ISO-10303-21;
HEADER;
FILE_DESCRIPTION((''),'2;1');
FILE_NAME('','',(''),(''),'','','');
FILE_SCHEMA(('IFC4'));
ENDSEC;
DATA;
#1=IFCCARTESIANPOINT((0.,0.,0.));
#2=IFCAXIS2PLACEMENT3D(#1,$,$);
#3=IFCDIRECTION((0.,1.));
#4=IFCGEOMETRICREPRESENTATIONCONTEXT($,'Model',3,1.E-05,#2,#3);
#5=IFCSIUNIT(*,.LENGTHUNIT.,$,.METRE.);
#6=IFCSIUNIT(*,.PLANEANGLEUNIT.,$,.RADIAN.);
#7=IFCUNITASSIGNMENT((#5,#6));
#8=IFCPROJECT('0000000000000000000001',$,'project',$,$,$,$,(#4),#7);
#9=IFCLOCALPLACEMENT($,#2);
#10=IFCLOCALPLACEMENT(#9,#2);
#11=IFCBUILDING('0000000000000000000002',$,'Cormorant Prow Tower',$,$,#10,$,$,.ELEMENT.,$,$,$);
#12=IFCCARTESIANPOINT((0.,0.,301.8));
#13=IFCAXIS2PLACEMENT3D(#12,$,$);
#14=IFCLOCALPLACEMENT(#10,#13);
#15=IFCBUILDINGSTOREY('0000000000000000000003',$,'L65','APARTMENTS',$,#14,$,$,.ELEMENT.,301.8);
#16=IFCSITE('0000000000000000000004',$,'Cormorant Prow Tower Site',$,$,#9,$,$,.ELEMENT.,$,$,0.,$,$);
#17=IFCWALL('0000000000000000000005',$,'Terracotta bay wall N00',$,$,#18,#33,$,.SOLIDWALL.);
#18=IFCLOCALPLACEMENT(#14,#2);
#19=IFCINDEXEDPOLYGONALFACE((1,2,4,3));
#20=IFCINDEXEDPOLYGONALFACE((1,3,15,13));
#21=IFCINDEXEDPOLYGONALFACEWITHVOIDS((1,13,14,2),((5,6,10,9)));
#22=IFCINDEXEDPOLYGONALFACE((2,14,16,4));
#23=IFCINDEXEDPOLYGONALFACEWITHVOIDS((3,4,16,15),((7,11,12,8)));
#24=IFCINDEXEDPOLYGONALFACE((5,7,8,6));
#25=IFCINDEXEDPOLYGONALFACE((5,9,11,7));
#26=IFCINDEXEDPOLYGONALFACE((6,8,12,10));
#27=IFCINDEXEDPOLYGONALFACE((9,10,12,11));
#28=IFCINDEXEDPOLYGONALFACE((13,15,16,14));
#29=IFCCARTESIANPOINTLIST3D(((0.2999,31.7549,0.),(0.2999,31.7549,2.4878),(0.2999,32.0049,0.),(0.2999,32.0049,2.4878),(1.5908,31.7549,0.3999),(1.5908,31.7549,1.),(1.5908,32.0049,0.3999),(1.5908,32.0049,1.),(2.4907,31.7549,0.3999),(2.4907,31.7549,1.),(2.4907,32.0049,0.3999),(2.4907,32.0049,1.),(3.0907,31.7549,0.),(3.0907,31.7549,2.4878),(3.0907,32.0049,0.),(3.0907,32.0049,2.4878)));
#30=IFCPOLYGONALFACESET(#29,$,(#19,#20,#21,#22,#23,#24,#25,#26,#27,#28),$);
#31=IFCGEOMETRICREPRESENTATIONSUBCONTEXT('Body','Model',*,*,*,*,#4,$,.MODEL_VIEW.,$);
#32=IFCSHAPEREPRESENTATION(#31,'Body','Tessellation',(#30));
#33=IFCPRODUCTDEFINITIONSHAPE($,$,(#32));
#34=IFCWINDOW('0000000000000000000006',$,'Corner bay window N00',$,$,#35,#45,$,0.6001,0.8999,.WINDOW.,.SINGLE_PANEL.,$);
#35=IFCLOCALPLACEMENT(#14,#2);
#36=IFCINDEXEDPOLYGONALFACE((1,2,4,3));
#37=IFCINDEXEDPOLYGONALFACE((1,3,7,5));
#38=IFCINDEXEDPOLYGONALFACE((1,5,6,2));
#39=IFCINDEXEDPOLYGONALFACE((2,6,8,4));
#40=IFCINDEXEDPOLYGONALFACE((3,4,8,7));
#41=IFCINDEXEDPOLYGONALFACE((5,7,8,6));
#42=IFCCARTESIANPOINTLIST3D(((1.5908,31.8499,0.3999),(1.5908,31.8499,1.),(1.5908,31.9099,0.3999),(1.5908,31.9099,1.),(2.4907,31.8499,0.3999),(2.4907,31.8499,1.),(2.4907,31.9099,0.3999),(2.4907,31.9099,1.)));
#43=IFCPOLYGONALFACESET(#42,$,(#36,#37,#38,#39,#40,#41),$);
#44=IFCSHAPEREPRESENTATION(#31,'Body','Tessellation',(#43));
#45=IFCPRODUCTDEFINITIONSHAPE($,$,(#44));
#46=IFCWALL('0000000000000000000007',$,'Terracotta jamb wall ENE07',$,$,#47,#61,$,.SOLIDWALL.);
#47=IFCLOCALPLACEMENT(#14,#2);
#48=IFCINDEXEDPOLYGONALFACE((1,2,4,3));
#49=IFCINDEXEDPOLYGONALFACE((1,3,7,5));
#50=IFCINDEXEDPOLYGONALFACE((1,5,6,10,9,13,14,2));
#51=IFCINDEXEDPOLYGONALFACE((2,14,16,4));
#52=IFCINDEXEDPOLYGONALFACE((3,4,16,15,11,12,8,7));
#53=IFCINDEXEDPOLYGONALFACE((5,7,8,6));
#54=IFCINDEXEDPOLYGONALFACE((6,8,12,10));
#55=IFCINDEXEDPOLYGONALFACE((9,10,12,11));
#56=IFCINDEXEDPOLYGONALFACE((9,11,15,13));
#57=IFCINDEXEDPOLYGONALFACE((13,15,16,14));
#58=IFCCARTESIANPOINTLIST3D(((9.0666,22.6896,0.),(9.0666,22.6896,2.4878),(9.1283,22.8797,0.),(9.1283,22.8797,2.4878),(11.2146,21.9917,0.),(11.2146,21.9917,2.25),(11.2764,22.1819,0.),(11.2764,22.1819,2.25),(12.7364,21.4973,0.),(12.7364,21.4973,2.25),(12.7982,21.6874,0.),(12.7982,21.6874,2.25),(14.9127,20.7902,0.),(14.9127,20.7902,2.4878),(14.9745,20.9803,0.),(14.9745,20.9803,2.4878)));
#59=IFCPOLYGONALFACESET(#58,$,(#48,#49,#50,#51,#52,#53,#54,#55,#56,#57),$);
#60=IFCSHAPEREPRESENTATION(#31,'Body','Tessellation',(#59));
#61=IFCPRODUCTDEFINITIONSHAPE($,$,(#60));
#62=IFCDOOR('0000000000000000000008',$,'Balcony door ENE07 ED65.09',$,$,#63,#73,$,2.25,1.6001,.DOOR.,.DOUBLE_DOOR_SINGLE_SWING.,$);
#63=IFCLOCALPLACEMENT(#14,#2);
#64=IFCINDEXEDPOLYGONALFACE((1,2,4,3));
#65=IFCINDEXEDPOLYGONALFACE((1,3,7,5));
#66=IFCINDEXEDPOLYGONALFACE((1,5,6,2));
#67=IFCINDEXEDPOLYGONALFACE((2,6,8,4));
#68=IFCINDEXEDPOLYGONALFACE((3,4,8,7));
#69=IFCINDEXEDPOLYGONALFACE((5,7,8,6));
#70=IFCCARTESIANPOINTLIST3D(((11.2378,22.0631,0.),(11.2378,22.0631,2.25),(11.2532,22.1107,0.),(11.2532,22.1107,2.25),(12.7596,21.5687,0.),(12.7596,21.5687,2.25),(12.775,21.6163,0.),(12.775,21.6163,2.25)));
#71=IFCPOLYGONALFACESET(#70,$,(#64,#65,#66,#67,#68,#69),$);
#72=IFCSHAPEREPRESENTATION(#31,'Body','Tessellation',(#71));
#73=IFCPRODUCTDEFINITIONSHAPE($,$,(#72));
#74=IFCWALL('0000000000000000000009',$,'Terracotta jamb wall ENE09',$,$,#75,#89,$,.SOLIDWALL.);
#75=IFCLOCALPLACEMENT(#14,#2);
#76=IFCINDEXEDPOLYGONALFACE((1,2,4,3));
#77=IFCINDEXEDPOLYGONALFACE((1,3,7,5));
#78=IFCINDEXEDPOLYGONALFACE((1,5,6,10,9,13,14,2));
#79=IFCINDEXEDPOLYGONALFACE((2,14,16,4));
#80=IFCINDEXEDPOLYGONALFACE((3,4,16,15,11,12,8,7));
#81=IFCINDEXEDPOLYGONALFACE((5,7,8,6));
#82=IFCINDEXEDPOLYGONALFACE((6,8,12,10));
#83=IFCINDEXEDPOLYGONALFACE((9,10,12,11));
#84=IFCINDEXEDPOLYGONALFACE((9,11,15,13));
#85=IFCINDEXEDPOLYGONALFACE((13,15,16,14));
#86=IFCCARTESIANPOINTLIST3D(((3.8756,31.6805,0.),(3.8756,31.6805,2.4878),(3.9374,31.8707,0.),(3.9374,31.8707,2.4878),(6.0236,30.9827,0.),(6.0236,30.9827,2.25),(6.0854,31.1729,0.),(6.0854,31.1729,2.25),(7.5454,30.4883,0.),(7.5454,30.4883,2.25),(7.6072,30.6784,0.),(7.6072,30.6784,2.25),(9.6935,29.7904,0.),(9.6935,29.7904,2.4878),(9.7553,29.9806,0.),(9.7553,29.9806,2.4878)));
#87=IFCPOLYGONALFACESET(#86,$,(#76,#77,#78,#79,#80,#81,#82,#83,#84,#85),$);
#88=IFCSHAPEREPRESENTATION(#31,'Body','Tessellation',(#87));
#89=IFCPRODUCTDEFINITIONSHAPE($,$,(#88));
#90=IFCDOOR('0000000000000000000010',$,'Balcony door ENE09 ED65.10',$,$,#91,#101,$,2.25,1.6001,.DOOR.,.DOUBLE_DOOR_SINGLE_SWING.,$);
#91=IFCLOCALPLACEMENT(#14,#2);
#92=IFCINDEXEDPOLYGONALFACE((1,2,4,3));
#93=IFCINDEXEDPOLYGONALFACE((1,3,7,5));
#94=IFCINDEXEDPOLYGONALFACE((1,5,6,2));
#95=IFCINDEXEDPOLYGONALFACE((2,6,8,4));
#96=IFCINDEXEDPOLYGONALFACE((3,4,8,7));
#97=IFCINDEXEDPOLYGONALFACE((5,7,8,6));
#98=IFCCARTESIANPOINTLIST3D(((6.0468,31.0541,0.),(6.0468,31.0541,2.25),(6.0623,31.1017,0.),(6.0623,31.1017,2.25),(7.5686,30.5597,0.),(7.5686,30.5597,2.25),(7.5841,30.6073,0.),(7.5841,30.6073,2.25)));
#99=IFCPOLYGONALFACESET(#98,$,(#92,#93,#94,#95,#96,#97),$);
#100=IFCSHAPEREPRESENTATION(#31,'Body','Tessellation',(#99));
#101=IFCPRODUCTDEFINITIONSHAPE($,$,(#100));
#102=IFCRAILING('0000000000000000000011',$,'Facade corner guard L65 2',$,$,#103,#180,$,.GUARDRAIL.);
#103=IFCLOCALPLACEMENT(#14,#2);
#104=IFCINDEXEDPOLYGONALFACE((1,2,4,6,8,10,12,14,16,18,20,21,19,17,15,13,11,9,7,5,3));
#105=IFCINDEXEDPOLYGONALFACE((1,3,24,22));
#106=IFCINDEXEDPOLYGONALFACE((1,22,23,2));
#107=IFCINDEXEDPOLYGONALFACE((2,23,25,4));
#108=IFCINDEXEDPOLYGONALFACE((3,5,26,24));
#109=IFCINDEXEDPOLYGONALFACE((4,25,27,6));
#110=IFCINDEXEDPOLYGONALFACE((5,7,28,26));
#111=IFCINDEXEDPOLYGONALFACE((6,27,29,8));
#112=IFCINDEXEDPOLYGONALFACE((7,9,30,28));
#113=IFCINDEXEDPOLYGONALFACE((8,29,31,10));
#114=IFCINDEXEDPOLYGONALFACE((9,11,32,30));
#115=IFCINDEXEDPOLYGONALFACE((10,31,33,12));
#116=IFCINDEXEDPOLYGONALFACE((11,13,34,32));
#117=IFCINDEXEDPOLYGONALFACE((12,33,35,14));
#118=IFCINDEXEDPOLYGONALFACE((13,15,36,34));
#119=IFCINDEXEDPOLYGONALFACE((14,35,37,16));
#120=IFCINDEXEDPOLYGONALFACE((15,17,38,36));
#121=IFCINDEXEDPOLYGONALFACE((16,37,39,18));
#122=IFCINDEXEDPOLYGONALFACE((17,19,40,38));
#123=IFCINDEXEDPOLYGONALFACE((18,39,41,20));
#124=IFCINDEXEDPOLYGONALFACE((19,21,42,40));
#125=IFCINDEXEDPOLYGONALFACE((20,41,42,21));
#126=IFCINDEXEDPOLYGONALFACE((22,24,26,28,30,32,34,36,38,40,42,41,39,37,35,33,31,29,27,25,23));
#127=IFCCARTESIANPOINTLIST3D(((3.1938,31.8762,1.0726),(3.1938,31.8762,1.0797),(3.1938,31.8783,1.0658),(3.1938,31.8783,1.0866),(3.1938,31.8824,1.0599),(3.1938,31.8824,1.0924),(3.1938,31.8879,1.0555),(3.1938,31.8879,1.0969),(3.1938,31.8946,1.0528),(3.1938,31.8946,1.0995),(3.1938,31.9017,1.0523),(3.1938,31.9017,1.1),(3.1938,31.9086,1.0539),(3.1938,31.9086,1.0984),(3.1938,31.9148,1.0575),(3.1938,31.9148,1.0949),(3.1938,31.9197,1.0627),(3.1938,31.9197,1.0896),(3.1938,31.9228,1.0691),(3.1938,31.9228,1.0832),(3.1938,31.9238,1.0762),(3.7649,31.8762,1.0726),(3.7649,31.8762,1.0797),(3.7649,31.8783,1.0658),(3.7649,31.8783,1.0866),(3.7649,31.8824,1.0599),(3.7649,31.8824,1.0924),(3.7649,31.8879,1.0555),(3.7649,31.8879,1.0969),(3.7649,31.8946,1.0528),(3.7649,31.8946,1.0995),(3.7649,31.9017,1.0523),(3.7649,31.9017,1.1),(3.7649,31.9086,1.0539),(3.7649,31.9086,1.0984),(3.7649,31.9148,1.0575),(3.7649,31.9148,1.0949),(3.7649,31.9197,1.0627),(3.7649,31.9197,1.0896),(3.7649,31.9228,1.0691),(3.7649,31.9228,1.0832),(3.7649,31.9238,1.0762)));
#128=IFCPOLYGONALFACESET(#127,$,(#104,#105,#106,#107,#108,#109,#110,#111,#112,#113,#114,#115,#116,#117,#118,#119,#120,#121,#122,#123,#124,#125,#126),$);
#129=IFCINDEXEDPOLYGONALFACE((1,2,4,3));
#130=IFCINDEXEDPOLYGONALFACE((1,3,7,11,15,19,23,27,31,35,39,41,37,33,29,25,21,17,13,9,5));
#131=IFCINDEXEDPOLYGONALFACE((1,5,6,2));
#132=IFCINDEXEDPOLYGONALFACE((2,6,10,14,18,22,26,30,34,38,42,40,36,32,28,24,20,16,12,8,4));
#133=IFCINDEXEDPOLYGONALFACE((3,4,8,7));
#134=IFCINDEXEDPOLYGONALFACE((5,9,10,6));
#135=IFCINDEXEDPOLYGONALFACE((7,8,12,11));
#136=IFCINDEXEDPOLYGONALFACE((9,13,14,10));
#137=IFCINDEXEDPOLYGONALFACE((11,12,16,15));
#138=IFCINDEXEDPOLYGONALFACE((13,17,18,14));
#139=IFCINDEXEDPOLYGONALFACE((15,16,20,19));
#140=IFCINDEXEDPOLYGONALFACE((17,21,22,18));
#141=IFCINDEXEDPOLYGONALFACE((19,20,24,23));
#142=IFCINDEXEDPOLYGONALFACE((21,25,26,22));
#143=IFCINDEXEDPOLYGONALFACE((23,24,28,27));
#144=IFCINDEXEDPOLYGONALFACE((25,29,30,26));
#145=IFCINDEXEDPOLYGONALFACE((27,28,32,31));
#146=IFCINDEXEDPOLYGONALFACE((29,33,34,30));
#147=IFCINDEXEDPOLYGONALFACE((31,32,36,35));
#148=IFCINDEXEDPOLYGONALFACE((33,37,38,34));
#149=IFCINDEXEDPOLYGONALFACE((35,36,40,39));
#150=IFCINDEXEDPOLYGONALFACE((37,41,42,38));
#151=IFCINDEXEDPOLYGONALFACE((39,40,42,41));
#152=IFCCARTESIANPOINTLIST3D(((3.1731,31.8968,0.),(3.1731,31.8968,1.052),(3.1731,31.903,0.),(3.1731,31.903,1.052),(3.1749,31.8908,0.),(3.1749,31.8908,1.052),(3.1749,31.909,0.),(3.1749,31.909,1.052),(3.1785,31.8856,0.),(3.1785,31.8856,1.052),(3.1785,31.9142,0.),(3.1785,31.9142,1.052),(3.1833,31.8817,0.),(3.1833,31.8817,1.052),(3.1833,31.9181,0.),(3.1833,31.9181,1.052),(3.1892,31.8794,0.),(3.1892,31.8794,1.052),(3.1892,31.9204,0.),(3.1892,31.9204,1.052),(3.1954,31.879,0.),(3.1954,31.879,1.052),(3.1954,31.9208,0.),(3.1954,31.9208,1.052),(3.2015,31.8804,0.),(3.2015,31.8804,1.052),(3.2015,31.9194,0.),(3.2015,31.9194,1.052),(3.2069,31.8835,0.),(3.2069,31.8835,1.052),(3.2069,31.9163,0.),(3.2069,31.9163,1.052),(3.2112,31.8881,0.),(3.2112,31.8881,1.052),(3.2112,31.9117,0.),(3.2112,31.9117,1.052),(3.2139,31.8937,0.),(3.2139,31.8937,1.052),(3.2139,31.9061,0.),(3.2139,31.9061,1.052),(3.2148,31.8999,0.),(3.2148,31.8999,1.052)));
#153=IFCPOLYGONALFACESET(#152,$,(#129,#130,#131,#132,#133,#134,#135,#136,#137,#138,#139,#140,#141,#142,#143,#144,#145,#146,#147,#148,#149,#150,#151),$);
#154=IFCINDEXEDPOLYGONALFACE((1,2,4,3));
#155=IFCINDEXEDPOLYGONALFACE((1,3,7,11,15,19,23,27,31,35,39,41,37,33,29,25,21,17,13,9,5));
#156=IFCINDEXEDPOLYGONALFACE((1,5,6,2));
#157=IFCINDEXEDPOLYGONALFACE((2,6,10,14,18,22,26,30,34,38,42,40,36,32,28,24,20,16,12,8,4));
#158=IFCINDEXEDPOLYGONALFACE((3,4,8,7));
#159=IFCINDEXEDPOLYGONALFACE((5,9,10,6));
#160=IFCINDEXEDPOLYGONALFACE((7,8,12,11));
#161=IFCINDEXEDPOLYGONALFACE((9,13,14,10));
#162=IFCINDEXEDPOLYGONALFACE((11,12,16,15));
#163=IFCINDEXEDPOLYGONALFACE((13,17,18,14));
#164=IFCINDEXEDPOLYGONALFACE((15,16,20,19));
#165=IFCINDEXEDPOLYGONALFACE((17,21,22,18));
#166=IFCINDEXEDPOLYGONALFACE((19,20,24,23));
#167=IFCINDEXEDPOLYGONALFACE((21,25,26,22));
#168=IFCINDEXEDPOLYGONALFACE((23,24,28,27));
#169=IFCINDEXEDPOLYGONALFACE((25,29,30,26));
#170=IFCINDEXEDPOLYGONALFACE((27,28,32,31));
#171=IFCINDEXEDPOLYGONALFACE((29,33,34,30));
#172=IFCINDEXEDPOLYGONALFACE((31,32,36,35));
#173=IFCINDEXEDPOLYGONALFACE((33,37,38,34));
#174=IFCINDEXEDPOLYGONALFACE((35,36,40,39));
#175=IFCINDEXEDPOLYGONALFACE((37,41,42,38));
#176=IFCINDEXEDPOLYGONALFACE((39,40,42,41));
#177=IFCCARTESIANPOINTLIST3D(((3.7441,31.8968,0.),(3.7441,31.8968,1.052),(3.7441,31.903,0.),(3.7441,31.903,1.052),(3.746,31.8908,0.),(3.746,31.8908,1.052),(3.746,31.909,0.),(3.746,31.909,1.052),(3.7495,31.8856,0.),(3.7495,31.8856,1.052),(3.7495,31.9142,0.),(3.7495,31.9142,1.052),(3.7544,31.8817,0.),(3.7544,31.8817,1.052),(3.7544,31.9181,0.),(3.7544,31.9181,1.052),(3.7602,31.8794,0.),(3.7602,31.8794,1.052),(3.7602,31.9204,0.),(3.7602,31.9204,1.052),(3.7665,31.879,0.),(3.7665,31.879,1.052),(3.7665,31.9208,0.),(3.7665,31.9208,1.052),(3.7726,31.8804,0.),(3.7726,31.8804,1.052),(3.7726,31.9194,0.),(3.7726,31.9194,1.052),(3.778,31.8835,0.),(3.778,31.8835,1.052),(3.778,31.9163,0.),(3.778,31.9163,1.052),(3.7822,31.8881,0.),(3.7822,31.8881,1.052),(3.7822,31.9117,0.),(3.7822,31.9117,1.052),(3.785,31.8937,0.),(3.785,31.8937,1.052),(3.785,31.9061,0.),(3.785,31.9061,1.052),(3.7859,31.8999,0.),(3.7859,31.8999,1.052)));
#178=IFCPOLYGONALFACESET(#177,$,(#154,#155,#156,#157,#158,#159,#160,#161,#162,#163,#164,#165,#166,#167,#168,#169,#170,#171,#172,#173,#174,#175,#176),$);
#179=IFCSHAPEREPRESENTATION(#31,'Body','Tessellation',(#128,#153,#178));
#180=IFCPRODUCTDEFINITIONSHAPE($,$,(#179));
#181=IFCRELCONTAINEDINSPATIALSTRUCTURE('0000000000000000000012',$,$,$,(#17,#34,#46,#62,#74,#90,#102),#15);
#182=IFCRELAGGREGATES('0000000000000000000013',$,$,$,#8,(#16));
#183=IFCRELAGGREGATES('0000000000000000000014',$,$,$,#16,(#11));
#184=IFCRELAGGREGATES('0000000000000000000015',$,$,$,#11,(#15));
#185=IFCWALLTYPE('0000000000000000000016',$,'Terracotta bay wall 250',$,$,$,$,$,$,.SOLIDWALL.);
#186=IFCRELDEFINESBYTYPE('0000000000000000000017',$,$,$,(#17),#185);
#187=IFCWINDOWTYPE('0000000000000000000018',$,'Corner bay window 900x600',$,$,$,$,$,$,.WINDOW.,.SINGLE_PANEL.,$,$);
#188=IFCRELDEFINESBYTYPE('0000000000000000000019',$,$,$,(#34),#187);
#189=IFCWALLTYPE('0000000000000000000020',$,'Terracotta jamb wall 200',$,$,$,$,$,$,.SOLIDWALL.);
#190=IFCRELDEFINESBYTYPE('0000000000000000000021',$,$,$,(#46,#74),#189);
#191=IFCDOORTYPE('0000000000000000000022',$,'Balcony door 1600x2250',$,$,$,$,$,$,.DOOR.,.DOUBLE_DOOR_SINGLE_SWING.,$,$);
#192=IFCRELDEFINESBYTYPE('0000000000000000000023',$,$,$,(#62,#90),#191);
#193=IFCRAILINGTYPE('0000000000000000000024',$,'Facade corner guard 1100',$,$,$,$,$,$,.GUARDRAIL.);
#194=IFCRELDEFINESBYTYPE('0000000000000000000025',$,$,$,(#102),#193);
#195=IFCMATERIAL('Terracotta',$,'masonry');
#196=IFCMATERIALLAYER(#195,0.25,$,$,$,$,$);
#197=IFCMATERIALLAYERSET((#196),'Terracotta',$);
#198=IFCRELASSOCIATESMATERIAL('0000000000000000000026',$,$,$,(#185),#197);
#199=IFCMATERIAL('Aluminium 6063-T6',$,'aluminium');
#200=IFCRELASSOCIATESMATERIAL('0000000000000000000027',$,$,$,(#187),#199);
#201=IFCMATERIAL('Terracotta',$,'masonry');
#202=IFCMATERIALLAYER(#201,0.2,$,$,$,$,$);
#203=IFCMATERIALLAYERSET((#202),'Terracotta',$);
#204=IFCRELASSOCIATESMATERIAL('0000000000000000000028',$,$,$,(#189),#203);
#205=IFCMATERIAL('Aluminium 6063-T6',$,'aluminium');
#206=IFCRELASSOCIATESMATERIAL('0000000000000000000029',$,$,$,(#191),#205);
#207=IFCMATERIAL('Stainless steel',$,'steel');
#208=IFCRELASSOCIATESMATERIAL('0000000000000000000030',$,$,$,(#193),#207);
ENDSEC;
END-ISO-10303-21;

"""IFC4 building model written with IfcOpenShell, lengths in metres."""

from ifc_helpers import new_model, si_unit, direction, frame, frame_2d, origin, origin_2d, place, context, subcontext, project, spatial, rectangle, circle, extrude, material, layer, layer_set, type_object, element, fill, save


model = new_model("IFC4")

# Units and contexts
model_context = context("Model", 3, precision=1e-05, world=origin(), true_north=direction((0.0, 1.0)))
body_context = subcontext(model_context, "Body", "Model", "MODEL_VIEW")
ifc_project = project(units=[si_unit("LENGTHUNIT", "METRE"), si_unit("PLANEANGLEUNIT", "RADIAN")], contexts=[model_context])

# Site, building, storey
site_placement = place(None, origin())
site = spatial("IfcSite", under=ifc_project, at=site_placement, Name="Cormorant Prow Tower Site", CompositionType="ELEMENT", RefElevation=0.0)
building_placement = place(site_placement, origin())
building = spatial("IfcBuilding", under=site, at=building_placement, Name="Cormorant Prow Tower", CompositionType="ELEMENT")
storey_placement = place(building_placement, frame((0.0, 0.0, 301.8)))
storey = spatial("IfcBuildingStorey", under=building, at=storey_placement, Name="L65", Description="APARTMENTS", CompositionType="ELEMENT", Elevation=301.8)

# Wall, opening, window
ifc_material_1 = material(Name="Terracotta", Category="masonry")
ifc_layer_1 = layer(ifc_material_1, 0.25)
ifc_layer_set_1 = layer_set([ifc_layer_1], Name="Terracotta")
wall_type_1 = type_object("IfcWallType", Name="Terracotta bay wall 250", PredefinedType="SOLIDWALL", material=ifc_layer_set_1)
wall_1_placement = place(storey_placement, frame((3.0908, 31.8799, 0.0), z_axis=(0.0, 0.0, 1.0), x_axis=(-1.0, 0.0, 0.0)))
wall_1 = element("IfcWall", 1, at=wall_1_placement, inside=storey, type_object=wall_type_1, Name="Terracotta bay wall N00", PredefinedType="SOLIDWALL", context=body_context, shape_type="SweptSolid", body=[
    extrude(rectangle(XDim=2.7908, YDim=0.25, at=frame_2d((1.3955, 0.0))), origin(), (0.0, 0.0, 1.0), 2.4878),
])
opening_1_placement = place(wall_1_placement, frame((0.6001, 0.0, 0.3999)))
opening_1 = element("IfcOpeningElement", 2, at=opening_1_placement, cuts=wall_1, PredefinedType="OPENING", context=body_context, shape_type="SweptSolid", body=[
    extrude(rectangle(XDim=0.8999, YDim=0.6001, at=frame_2d((0.45, 0.3))), frame((0.0, 0.135, 0.0), z_axis=(0.0, -1.0, 0.0), x_axis=(1.0, 0.0, 0.0)), (0.0, 0.0, 1.0), 0.27),
])
ifc_material_2 = material(Name="Aluminium 6063-T6", Category="aluminium")
window_type = type_object("IfcWindowType", Name="Corner bay window 900x600", PartitioningType="SINGLE_PANEL", PredefinedType="WINDOW", material=ifc_material_2)
window_placement = place(opening_1_placement, origin())
window = element("IfcWindow", 3, at=window_placement, inside=storey, type_object=window_type, Name="Corner bay window N00", OverallHeight=0.6001, OverallWidth=0.8999, PartitioningType="SINGLE_PANEL", PredefinedType="WINDOW", context=body_context, shape_type="SweptSolid", body=[
    extrude(rectangle(XDim=0.8999, YDim=0.6001, at=frame_2d((0.45, 0.3))), frame((0.0, 0.03, 0.0), z_axis=(0.0, -1.0, 0.0), x_axis=(1.0, 0.0, 0.0)), (0.0, 0.0, 1.0), 0.0601),
])
fill(opening_1, window)

# Walls, openings, doors
ifc_material_3 = material(Name="Terracotta", Category="masonry")
ifc_layer_2 = layer(ifc_material_3, 0.2)
ifc_layer_set_2 = layer_set([ifc_layer_2], Name="Terracotta")
wall_type_2 = type_object("IfcWallType", Name="Terracotta jamb wall 200", PredefinedType="SOLIDWALL", material=ifc_layer_set_2)
wall_2_placement = place(storey_placement, frame((14.9436, 20.8853, 0.0), z_axis=(0.0, 0.0, 1.0), x_axis=(-0.951063, 0.308998, 0.0)))
wall_2 = element("IfcWall", 4, at=wall_2_placement, inside=storey, type_object=wall_type_2, Name="Terracotta jamb wall ENE07", PredefinedType="SOLIDWALL", context=body_context, shape_type="SweptSolid", body=[
    extrude(rectangle(XDim=6.147, YDim=0.2, at=frame_2d((3.0735, 0.0))), origin(), (0.0, 0.0, 1.0), 2.4878),
])
opening_2_placement = place(wall_2_placement, frame((2.2883, 0.0, 0.0)))
opening_2 = element("IfcOpeningElement", 5, at=opening_2_placement, cuts=wall_2, PredefinedType="OPENING", context=body_context, shape_type="SweptSolid", body=[
    extrude(rectangle(XDim=1.6001, YDim=2.25, at=frame_2d((0.8, 1.125))), frame((0.0, 0.1099, 0.0), z_axis=(0.0, -1.0, 0.0), x_axis=(1.0, 0.0, 0.0)), (0.0, 0.0, 1.0), 0.22),
])
ifc_material_4 = material(Name="Aluminium 6063-T6", Category="aluminium")
door_type_1 = type_object("IfcDoorType", Name="Balcony door 1600x2250", OperationType="DOUBLE_DOOR_SINGLE_SWING", PredefinedType="DOOR", material=ifc_material_4)
door_1_placement = place(opening_2_placement, origin())
door_1 = element("IfcDoor", 6, at=door_1_placement, inside=storey, type_object=door_type_1, Name="Balcony door ENE07 ED65.09", OperationType="DOUBLE_DOOR_SINGLE_SWING", OverallHeight=2.25, OverallWidth=1.6001, PredefinedType="DOOR", context=body_context, shape_type="SweptSolid", body=[
    extrude(rectangle(XDim=1.6001, YDim=2.25, at=frame_2d((0.8, 1.125))), frame((0.0, 0.0249, 0.0), z_axis=(0.0, -1.0, 0.0), x_axis=(1.0, 0.0, 0.0)), (0.0, 0.0, 1.0), 0.05),
])
fill(opening_2, door_1)
wall_3_placement = place(storey_placement, frame((9.7244, 29.8855, 0.0), z_axis=(0.0, 0.0, 1.0), x_axis=(-0.951066, 0.308987, 0.0)))
wall_3 = element("IfcWall", 7, at=wall_3_placement, inside=storey, type_object=wall_type_2, Name="Terracotta jamb wall ENE09", PredefinedType="SOLIDWALL", context=body_context, shape_type="SweptSolid", body=[
    extrude(rectangle(XDim=6.1172, YDim=0.2, at=frame_2d((3.0586, 0.0))), origin(), (0.0, 0.0, 1.0), 2.4878),
])
opening_3_placement = place(wall_3_placement, frame((2.2585, 0.0, 0.0)))
opening_3 = element("IfcOpeningElement", 8, at=opening_3_placement, cuts=wall_3, PredefinedType="OPENING", context=body_context, shape_type="SweptSolid", body=[
    extrude(rectangle(XDim=1.6001, YDim=2.25, at=frame_2d((0.8, 1.125))), frame((0.0, 0.1099, 0.0), z_axis=(0.0, -1.0, 0.0), x_axis=(1.0, 0.0, 0.0)), (0.0, 0.0, 1.0), 0.22),
])
door_2_placement = place(opening_3_placement, origin())
door_2 = element("IfcDoor", 9, at=door_2_placement, inside=storey, type_object=door_type_1, Name="Balcony door ENE09 ED65.10", OperationType="DOUBLE_DOOR_SINGLE_SWING", OverallHeight=2.25, OverallWidth=1.6001, PredefinedType="DOOR", context=body_context, shape_type="SweptSolid", body=[
    extrude(rectangle(XDim=1.6001, YDim=2.25, at=frame_2d((0.8, 1.125))), frame((0.0, 0.0249, 0.0), z_axis=(0.0, -1.0, 0.0), x_axis=(1.0, 0.0, 0.0)), (0.0, 0.0, 1.0), 0.05),
])
fill(opening_3, door_2)

# Railing
ifc_material_5 = material(Name="Stainless steel", Category="steel")
railing_type = type_object("IfcRailingType", Name="Facade corner guard 1100", PredefinedType="GUARDRAIL", material=ifc_material_5)
railing_placement = place(storey_placement, frame((3.1938, 31.8999, 0.0)))
element("IfcRailing", 10, at=railing_placement, inside=storey, type_object=railing_type, Name="Facade corner guard L65 2", PredefinedType="GUARDRAIL", context=body_context, shape_type="SweptSolid", body=[
    extrude(circle(Radius=0.0239, at=origin_2d()), frame((0.0, 0.0, 1.0762), z_axis=(1.0, 0.0, 0.0), x_axis=(0.0, 1.0, 0.0)), (0.0, 0.0, 1.0), 0.571),
    extrude(circle(Radius=0.021, at=origin_2d()), origin(), (0.0, 0.0, 1.0), 1.052),
    extrude(circle(Radius=0.021, at=origin_2d()), frame((0.571, 0.0, 0.0)), (0.0, 0.0, 1.0), 1.052),
])

save(model, "model.ifc")
